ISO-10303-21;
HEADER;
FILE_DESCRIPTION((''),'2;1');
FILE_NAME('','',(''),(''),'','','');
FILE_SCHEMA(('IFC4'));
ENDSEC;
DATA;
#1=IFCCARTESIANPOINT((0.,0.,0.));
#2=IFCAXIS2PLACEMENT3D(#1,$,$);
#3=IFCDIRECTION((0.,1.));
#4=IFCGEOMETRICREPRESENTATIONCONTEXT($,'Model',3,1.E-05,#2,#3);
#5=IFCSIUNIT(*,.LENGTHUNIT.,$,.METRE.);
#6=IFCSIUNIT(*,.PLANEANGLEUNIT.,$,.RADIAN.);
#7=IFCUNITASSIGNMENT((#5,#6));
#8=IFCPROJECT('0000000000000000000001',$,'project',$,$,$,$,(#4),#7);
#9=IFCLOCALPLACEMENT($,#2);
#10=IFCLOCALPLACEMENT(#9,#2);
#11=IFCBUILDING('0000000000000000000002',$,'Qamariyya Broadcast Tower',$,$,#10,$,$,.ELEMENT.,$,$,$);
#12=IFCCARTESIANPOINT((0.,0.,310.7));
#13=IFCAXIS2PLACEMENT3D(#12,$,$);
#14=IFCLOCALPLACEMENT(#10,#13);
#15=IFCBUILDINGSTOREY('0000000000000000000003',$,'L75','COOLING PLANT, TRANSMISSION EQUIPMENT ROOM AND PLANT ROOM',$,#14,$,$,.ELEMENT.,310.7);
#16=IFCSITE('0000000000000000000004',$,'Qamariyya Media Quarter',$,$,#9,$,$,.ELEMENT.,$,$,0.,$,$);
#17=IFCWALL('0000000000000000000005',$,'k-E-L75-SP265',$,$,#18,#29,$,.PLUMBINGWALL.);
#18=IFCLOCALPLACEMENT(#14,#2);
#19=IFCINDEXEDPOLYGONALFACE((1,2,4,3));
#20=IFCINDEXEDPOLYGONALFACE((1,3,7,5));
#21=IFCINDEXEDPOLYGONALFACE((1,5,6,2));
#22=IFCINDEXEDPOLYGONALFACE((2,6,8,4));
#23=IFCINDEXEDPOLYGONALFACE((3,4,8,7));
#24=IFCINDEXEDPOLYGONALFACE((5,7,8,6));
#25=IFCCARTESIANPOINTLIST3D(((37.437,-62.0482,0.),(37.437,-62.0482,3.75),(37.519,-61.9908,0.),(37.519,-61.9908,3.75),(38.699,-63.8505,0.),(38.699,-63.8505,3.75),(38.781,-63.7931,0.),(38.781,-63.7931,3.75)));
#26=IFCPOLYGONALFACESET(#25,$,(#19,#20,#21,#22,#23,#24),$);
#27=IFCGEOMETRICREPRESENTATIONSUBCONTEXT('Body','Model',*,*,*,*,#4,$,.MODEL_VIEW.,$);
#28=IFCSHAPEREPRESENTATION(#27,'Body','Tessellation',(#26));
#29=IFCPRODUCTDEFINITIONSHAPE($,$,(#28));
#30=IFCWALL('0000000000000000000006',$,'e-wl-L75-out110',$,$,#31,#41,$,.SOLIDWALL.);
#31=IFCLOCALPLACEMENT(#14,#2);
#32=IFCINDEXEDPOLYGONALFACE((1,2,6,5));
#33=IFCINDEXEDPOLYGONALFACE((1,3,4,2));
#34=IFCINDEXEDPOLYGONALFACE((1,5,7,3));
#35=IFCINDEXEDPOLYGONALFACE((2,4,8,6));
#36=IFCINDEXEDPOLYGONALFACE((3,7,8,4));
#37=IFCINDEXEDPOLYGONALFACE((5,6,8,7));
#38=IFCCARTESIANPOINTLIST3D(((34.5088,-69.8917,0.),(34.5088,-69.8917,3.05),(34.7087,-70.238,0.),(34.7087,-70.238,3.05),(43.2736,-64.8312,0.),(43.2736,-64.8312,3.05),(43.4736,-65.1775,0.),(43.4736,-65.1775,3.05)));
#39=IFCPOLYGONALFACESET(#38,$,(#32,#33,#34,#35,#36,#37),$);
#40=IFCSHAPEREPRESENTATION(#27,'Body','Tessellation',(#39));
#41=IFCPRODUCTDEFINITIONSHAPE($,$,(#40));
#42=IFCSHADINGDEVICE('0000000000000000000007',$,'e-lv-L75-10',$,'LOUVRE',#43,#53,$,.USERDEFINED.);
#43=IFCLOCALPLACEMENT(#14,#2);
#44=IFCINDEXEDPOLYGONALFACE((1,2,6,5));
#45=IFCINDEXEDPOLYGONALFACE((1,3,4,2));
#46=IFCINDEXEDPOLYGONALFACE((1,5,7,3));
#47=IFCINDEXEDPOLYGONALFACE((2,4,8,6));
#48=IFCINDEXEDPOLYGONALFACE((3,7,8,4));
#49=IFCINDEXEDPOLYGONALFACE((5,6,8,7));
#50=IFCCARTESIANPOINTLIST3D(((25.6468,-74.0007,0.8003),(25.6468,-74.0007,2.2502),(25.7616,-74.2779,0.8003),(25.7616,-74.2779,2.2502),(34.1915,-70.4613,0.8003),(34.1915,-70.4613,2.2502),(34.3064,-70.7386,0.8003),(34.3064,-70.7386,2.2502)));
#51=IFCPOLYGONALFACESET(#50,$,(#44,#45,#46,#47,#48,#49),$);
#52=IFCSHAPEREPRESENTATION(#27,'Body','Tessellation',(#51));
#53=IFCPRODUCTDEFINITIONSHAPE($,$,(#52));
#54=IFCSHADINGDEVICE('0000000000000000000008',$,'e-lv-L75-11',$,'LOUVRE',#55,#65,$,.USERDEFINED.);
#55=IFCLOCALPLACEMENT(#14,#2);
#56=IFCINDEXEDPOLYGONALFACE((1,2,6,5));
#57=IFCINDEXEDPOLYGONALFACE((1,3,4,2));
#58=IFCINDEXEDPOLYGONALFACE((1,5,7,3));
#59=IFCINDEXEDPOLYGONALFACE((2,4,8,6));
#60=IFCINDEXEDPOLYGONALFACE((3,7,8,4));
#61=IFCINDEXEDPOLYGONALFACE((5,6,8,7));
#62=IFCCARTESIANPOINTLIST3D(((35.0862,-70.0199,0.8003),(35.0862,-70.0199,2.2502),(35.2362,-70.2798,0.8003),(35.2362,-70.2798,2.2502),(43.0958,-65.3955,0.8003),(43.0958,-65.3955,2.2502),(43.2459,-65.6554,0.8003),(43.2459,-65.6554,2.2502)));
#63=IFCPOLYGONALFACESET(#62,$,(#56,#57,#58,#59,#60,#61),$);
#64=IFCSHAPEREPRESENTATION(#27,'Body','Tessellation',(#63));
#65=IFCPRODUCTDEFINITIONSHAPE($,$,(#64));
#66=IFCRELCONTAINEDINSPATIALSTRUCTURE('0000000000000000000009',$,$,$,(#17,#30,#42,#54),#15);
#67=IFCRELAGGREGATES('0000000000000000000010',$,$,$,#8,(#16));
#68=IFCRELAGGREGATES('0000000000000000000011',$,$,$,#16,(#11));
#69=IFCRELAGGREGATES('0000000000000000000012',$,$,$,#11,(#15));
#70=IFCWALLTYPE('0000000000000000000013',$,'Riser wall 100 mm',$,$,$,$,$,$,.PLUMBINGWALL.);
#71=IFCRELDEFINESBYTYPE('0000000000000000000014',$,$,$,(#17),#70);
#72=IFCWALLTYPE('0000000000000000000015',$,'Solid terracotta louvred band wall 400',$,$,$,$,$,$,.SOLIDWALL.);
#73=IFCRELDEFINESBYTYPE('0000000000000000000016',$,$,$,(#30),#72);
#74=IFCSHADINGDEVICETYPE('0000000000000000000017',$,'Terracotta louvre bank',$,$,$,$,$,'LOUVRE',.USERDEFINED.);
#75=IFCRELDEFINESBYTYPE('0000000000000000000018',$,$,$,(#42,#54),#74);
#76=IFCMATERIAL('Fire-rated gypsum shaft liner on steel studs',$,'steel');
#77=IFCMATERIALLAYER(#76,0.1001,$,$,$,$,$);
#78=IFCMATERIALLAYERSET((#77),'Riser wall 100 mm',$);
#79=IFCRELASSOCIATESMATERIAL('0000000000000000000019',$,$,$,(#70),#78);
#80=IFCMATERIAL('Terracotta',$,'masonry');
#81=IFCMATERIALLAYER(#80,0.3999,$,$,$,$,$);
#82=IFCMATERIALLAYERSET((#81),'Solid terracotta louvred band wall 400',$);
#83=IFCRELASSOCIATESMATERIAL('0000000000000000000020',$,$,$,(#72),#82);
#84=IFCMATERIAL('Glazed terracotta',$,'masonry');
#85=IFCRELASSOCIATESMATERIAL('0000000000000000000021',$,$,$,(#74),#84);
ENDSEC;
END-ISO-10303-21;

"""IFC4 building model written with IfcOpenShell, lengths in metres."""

from ifc_helpers import new_model, si_unit, direction, frame, frame_2d, origin, origin_2d, place, context, subcontext, project, spatial, rectangle, extrude, material, layer, layer_set, type_object, element, save


model = new_model("IFC4")

# Units and contexts
model_context = context("Model", 3, precision=1e-05, world=origin(), true_north=direction((0.0, 1.0)))
body_context = subcontext(model_context, "Body", "Model", "MODEL_VIEW")
ifc_project = project(units=[si_unit("LENGTHUNIT", "METRE"), si_unit("PLANEANGLEUNIT", "RADIAN")], contexts=[model_context])

# Site, building, storey
site_placement = place(None, origin())
site = spatial("IfcSite", under=ifc_project, at=site_placement, Name="Qamariyya Media Quarter", CompositionType="ELEMENT", RefElevation=0.0)
building_placement = place(site_placement, origin())
building = spatial("IfcBuilding", under=site, at=building_placement, Name="Qamariyya Broadcast Tower", CompositionType="ELEMENT")
storey_placement = place(building_placement, frame((0.0, 0.0, 310.7)))
storey = spatial("IfcBuildingStorey", under=building, at=storey_placement, Name="L75", Description="COOLING PLANT, TRANSMISSION EQUIPMENT ROOM AND PLANT ROOM", CompositionType="ELEMENT", Elevation=310.7)

# Walls
ifc_material_1 = material(Name="Fire-rated gypsum shaft liner on steel studs", Category="steel")
ifc_layer_1 = layer(ifc_material_1, 0.1001)
ifc_layer_set_1 = layer_set([ifc_layer_1], Name="Riser wall 100 mm")
wall_type_1 = type_object("IfcWallType", Name="Riser wall 100 mm", PredefinedType="PLUMBINGWALL", material=ifc_layer_set_1)
wall_1_placement = place(storey_placement, frame((37.478, -62.0195, 0.0), z_axis=(0.0, 0.0, 1.0), x_axis=(0.573581, -0.819149, 0.0)))
element("IfcWall", 1, at=wall_1_placement, inside=storey, type_object=wall_type_1, Name="k-E-L75-SP265", PredefinedType="PLUMBINGWALL", context=body_context, shape_type="SweptSolid", body=[
    extrude(rectangle(XDim=2.2002, YDim=0.1001, at=frame_2d((1.1001, 0.0))), origin(), (0.0, 0.0, 1.0), 3.75),
])
ifc_material_2 = material(Name="Terracotta", Category="masonry")
ifc_layer_2 = layer(ifc_material_2, 0.3999)
ifc_layer_set_2 = layer_set([ifc_layer_2], Name="Solid terracotta louvred band wall 400")
wall_type_2 = type_object("IfcWallType", Name="Solid terracotta louvred band wall 400", PredefinedType="SOLIDWALL", material=ifc_layer_set_2)
wall_2_placement = place(storey_placement, frame((34.6086, -70.0649, 0.0), z_axis=(0.0, 0.0, 1.0), x_axis=(0.86602, 0.50001, 0.0)))
element("IfcWall", 2, at=wall_2_placement, inside=storey, type_object=wall_type_2, Name="e-wl-L75-out110", PredefinedType="SOLIDWALL", context=body_context, shape_type="SweptSolid", body=[
    extrude(rectangle(XDim=10.1208, YDim=0.3999, at=frame_2d((5.0605, 0.0))), origin(), (0.0, 0.0, 1.0), 3.05),
])

# Shading devices
ifc_material_3 = material(Name="Glazed terracotta", Category="masonry")
shading_device_type = type_object("IfcShadingDeviceType", Name="Terracotta louvre bank", ElementType="LOUVRE", PredefinedType="USERDEFINED", material=ifc_material_3)
for number, where, z_axis, x_axis, name in (
    (3, (29.9766, -72.3696, 0.8003), (0.0, 0.0, 1.0), (0.92388, 0.382683, 0.0), "e-lv-L75-10"),
    (4, (39.166, -67.8376, 0.8003), (0.0, 0.0, 1.0), (0.866025, 0.5, 0.0), "e-lv-L75-11"),
):
    element("IfcShadingDevice", number, at=place(storey_placement, frame(where, z_axis=z_axis, x_axis=x_axis)), inside=storey, type_object=shading_device_type, Name=name, ObjectType="LOUVRE", PredefinedType="USERDEFINED", context=body_context, shape_type="SweptSolid", body=[
        extrude(rectangle(XDim=9.2488, YDim=0.3, at=origin_2d()), origin(), (0.0, 0.0, 1.0), 1.45),
    ])

save(model, "model.ifc")
